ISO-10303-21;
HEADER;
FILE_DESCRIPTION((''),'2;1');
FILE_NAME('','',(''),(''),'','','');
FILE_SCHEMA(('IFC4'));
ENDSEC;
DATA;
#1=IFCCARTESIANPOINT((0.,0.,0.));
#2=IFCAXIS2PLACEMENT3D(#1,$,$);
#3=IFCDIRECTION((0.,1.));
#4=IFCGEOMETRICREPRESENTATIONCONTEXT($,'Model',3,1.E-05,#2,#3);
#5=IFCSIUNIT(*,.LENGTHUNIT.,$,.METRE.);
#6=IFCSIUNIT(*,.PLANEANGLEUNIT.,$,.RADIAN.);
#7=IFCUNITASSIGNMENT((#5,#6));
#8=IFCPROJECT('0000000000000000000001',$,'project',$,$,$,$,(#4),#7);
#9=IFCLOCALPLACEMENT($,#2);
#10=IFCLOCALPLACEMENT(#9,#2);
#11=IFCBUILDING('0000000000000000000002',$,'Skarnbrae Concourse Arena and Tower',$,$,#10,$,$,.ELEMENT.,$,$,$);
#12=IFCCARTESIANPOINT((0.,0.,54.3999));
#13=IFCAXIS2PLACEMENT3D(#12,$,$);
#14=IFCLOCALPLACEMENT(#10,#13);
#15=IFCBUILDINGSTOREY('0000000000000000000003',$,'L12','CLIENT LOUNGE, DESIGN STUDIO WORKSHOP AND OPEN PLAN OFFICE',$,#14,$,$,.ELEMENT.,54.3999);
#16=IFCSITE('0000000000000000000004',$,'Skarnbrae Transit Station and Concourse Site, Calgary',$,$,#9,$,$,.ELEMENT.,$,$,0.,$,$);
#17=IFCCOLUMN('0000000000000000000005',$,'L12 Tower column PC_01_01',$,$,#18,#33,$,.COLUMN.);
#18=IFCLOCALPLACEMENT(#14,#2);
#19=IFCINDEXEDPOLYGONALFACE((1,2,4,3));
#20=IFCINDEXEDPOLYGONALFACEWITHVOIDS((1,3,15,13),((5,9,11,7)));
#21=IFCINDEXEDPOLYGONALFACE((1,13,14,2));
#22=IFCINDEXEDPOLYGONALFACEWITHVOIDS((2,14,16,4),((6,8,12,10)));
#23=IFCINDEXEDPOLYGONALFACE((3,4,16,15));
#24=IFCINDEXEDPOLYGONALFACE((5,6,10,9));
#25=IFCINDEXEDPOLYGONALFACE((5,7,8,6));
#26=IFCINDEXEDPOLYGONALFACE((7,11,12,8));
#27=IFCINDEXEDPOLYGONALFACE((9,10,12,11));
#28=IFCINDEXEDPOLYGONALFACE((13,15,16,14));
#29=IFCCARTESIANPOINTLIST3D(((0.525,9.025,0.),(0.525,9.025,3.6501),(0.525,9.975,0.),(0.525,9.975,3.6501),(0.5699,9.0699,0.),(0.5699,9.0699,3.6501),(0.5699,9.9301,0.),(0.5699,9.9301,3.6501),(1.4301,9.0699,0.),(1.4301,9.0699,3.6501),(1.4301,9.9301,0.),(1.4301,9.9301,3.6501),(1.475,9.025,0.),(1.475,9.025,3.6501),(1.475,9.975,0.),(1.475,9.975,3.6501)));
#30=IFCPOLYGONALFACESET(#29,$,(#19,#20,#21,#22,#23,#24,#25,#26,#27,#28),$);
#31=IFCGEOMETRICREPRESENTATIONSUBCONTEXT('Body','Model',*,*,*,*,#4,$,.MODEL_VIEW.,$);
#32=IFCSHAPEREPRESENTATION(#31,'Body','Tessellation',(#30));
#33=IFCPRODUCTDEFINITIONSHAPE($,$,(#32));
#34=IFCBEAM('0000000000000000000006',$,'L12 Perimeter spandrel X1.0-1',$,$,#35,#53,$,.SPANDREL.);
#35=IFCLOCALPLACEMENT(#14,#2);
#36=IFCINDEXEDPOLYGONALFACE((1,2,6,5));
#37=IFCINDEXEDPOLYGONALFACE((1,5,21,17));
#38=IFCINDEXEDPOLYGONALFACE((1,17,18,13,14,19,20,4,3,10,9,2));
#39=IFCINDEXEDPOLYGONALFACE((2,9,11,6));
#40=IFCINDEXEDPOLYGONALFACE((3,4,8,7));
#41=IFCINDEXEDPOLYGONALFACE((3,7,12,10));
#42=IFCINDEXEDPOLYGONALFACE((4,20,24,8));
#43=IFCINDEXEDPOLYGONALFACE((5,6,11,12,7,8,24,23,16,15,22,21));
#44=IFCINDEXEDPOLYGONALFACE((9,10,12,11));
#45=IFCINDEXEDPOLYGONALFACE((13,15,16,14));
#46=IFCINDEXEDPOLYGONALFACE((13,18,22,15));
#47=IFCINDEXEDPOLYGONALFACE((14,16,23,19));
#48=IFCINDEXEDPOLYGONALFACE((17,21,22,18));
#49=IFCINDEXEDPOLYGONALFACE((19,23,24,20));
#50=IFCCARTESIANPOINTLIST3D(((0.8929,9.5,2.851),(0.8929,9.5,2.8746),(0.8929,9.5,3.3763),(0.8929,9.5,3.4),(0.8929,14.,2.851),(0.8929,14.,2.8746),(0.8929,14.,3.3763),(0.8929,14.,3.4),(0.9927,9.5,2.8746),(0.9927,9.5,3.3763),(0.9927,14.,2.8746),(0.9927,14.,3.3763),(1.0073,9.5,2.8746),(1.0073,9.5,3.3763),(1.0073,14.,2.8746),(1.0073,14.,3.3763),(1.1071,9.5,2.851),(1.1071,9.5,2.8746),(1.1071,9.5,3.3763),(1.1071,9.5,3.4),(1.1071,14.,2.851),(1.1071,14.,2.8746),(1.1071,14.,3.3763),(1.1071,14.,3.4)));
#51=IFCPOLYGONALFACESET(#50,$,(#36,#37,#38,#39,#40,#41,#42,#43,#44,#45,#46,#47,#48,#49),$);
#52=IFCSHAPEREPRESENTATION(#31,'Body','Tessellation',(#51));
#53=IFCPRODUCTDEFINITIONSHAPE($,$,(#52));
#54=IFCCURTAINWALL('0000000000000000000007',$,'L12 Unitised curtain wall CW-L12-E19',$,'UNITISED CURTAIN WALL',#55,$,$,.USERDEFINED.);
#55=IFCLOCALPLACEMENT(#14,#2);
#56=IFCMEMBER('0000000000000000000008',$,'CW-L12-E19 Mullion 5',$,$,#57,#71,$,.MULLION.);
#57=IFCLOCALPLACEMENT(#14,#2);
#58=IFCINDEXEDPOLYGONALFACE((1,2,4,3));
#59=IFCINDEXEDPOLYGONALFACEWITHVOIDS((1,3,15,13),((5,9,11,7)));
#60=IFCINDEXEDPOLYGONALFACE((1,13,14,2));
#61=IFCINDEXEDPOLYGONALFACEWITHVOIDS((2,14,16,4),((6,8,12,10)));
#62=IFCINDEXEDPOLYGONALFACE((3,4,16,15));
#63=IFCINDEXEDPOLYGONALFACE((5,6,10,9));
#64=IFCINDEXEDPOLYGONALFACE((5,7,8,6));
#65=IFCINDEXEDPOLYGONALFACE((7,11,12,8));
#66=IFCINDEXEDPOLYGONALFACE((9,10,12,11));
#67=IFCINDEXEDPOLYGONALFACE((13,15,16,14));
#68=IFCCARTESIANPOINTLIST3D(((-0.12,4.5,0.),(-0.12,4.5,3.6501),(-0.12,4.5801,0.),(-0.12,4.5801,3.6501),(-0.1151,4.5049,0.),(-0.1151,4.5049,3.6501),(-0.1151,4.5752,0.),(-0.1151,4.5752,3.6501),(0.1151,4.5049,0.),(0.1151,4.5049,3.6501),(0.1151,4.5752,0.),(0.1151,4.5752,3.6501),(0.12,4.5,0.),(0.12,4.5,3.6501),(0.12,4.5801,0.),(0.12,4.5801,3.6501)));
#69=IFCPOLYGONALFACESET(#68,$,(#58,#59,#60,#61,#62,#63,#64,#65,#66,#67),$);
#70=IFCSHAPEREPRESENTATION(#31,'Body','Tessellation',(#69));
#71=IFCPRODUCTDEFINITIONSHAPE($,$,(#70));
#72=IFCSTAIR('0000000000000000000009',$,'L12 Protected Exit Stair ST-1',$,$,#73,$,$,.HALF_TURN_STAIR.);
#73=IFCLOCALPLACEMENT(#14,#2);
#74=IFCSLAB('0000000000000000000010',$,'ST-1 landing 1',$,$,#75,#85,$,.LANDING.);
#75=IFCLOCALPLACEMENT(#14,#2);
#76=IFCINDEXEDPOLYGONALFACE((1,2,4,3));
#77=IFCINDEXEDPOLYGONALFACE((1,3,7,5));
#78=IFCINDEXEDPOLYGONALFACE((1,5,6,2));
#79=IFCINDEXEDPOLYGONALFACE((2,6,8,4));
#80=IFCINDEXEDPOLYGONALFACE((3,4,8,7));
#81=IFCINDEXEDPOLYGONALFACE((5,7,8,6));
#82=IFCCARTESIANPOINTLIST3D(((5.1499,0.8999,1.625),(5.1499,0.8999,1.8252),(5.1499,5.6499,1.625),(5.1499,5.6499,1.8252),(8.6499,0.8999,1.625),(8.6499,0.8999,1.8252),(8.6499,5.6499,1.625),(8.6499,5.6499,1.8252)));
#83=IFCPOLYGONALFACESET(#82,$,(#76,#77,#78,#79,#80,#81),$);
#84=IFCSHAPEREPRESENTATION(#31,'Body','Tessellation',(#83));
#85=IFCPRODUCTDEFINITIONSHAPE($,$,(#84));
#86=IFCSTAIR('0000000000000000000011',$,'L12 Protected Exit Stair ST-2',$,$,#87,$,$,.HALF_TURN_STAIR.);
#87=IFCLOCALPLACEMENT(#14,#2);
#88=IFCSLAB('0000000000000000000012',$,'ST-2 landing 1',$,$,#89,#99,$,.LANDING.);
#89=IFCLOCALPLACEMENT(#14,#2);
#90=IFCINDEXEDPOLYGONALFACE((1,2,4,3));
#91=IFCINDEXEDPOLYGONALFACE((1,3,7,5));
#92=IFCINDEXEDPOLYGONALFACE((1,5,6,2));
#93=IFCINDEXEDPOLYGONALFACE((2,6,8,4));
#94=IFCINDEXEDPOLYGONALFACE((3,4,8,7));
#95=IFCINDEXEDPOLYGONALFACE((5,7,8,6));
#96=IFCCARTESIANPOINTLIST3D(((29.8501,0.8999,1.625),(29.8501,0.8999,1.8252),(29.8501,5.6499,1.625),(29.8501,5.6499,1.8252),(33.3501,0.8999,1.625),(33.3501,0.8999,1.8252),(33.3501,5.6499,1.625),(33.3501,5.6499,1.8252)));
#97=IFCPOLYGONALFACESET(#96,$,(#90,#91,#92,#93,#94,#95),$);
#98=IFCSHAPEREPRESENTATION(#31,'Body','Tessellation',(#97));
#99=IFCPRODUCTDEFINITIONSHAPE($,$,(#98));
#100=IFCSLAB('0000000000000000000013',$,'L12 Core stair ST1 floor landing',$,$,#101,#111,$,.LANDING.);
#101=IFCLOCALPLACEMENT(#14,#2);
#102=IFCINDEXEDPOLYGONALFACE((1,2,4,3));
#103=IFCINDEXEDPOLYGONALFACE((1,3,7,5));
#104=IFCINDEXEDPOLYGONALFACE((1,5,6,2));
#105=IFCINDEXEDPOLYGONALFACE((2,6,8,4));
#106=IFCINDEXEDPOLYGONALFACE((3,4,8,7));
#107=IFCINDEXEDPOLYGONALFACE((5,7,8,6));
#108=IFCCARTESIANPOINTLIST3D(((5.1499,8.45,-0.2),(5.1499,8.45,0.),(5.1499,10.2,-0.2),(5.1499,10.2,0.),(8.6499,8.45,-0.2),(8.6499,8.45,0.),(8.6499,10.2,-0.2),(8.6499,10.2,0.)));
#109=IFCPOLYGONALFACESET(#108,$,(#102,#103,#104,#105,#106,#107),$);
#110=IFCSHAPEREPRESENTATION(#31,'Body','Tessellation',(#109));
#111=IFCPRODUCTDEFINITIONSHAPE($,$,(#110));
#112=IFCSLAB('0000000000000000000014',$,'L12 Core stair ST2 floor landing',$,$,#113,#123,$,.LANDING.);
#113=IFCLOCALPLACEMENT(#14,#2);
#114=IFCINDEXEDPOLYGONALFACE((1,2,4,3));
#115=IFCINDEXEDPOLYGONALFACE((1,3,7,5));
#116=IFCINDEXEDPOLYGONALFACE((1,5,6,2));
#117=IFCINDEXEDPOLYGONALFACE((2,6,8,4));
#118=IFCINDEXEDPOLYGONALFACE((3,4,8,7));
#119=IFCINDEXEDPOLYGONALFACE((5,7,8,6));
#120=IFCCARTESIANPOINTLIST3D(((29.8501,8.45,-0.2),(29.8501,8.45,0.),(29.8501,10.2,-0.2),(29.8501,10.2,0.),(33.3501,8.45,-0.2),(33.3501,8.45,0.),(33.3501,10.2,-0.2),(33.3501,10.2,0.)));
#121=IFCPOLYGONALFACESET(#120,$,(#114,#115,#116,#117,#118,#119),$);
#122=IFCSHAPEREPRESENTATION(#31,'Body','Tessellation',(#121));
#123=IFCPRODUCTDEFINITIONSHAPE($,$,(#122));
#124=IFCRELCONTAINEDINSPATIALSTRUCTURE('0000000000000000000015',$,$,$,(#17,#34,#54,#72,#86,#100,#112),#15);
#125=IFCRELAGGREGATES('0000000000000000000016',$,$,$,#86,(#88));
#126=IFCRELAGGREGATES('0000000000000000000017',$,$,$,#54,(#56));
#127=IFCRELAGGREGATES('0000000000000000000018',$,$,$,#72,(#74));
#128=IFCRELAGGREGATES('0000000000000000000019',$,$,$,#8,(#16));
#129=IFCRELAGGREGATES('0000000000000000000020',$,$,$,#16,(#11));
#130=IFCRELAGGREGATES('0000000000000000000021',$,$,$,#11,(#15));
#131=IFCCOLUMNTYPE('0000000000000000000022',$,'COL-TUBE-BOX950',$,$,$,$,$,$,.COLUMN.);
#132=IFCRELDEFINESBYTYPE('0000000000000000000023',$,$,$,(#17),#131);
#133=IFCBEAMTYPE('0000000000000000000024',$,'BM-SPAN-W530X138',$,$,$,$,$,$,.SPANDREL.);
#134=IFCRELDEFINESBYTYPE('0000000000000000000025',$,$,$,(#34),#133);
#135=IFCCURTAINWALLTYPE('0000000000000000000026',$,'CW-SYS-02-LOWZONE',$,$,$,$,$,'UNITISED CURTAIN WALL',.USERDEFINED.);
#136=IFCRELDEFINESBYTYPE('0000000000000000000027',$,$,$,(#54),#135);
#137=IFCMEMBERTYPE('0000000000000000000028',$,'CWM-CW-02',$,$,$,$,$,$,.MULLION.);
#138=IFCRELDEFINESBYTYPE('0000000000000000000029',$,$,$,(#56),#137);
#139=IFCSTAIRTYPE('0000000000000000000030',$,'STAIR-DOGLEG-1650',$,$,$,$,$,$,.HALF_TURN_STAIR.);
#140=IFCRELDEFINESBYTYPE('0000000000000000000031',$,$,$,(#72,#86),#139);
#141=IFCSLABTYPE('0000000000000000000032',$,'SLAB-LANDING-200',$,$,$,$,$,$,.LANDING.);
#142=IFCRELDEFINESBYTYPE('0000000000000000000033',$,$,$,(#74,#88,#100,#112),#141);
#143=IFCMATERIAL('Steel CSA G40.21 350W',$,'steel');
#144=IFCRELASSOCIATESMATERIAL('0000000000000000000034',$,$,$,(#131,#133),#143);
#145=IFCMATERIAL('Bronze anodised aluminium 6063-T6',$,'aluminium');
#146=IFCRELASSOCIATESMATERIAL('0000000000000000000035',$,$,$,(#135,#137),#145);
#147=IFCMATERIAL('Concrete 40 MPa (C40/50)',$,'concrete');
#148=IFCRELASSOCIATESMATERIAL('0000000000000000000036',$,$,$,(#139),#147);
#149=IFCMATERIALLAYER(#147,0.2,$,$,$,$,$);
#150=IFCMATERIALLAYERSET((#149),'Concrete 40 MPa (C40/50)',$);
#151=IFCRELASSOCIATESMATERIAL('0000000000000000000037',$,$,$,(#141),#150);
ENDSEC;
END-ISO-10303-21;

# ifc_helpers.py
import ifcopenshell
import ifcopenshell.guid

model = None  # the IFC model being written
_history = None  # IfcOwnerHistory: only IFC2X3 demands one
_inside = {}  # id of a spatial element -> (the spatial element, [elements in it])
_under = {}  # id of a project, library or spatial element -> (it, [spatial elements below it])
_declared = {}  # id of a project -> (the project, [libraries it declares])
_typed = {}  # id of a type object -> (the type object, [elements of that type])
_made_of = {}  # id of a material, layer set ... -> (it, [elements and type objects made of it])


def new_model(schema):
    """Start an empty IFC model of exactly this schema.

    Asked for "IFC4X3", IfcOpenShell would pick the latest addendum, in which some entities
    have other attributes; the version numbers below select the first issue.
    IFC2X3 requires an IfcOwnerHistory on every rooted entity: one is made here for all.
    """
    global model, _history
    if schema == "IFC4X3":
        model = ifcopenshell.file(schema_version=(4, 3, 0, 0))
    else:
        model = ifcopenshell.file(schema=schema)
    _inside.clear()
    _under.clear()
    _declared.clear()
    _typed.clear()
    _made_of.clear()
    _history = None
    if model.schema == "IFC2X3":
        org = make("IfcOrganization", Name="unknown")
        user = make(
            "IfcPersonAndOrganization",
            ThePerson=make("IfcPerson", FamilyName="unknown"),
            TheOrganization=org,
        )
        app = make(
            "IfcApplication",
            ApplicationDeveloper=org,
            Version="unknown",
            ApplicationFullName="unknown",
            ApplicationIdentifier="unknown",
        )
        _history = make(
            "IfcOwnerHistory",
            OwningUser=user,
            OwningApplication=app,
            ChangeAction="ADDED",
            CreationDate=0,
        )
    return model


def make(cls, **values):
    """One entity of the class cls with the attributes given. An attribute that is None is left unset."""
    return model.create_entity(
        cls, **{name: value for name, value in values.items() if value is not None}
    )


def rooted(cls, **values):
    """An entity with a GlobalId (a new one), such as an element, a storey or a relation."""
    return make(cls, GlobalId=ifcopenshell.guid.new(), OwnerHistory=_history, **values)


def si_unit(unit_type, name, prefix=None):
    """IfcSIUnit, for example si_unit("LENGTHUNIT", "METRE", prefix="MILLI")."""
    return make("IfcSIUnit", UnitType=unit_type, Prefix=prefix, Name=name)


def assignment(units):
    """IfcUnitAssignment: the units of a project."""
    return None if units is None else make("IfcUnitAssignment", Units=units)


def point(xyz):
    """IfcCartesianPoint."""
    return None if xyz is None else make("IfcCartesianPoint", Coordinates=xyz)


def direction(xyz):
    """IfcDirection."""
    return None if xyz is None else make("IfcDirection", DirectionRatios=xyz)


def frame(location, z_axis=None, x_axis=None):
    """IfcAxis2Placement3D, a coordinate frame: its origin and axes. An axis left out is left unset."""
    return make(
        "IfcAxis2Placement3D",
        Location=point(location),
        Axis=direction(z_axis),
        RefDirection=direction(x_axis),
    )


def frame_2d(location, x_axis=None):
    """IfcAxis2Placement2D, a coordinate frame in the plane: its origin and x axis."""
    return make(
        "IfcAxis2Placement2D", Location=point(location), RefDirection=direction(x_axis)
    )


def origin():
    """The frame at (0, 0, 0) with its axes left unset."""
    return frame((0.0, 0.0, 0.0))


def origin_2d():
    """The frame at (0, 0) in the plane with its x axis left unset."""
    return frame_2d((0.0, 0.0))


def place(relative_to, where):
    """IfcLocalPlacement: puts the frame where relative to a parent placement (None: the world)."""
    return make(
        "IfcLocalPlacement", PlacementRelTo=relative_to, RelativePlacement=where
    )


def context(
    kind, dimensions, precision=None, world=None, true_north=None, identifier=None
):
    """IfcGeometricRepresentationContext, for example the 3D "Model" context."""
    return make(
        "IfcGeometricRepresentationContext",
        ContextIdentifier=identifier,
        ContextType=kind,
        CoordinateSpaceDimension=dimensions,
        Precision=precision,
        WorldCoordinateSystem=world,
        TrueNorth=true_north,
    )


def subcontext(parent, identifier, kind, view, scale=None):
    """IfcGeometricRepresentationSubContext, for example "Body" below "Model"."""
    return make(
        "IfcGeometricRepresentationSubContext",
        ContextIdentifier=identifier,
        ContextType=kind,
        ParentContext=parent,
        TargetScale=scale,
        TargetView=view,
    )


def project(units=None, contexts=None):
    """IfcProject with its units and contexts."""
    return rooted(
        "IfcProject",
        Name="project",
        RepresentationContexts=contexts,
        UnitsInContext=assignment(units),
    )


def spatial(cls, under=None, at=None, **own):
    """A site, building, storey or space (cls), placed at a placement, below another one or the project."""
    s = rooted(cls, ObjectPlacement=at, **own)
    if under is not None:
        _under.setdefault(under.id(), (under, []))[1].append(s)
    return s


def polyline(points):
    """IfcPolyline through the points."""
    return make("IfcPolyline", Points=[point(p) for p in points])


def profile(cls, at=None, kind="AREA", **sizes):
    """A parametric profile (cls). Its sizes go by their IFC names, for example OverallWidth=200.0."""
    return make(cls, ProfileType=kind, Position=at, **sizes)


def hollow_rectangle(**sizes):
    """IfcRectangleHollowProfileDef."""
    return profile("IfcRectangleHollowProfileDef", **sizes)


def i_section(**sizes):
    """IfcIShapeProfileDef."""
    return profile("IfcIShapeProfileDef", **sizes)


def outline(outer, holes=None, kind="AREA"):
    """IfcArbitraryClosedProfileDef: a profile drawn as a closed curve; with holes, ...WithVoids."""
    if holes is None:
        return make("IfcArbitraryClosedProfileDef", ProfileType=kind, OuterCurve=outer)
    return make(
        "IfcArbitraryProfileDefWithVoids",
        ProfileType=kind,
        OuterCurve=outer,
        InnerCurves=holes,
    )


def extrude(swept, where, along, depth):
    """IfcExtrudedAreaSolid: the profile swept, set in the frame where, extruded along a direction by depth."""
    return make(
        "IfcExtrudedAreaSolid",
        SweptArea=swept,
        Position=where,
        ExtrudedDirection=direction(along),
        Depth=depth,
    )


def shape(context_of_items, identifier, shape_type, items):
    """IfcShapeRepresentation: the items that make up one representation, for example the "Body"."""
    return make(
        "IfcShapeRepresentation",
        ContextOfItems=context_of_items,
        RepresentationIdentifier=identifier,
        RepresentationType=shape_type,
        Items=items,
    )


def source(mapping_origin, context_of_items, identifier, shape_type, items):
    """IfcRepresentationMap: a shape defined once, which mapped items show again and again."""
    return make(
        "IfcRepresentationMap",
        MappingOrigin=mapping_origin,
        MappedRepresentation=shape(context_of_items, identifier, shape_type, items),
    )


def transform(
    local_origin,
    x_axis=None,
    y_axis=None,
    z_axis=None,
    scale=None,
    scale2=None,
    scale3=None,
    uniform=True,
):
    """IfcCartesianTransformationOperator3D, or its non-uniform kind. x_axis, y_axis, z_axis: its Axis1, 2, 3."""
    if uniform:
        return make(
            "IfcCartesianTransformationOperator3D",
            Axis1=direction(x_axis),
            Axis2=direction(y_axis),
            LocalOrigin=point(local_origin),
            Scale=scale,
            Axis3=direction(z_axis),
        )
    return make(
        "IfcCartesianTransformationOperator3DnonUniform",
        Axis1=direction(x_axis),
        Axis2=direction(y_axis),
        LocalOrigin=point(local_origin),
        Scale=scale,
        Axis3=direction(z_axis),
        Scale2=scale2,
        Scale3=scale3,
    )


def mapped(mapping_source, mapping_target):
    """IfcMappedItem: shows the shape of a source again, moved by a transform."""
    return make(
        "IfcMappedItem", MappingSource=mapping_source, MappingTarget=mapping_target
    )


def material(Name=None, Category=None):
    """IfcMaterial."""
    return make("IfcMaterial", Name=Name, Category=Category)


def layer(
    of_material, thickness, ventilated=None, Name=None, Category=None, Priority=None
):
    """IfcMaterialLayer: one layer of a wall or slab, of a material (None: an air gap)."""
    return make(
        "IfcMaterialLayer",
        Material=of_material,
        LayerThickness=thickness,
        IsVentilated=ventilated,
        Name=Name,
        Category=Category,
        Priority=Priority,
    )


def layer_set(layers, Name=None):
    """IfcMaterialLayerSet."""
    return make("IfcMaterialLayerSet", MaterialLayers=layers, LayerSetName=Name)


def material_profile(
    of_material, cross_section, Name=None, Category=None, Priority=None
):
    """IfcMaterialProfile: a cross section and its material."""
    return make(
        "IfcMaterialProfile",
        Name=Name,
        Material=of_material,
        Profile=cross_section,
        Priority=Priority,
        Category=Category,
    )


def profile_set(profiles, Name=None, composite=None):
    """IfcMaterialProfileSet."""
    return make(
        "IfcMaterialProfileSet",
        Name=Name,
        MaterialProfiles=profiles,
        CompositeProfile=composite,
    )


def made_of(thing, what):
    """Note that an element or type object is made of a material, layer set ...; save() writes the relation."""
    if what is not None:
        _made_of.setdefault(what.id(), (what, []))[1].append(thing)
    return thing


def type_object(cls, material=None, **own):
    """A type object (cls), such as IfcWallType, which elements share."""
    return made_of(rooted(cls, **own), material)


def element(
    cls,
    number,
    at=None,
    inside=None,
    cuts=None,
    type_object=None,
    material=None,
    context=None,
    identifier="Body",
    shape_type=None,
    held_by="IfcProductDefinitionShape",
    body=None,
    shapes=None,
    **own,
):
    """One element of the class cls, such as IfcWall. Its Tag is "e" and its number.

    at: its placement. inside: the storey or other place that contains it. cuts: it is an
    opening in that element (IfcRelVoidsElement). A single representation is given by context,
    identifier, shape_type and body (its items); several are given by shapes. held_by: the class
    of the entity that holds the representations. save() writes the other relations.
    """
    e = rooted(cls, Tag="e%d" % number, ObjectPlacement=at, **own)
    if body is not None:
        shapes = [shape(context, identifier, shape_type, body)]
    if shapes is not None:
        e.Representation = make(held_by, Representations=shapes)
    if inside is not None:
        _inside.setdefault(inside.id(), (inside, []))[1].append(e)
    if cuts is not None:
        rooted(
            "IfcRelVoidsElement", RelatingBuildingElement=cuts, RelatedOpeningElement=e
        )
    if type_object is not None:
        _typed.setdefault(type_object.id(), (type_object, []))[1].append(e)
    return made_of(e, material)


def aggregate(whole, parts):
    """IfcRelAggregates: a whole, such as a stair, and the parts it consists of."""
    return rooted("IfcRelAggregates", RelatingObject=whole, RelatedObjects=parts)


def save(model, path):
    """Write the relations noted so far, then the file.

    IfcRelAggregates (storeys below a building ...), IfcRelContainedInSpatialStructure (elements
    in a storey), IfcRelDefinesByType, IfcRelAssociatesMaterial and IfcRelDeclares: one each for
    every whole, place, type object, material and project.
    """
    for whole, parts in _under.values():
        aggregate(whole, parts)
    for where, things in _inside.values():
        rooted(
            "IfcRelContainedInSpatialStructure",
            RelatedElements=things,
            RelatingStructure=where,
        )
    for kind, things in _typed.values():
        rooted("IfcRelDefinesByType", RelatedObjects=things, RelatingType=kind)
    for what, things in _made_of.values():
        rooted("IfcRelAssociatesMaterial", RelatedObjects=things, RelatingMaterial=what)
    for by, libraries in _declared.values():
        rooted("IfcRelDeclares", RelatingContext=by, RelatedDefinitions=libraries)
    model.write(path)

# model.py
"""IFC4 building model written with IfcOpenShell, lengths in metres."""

from ifc_helpers import new_model, si_unit, direction, frame, origin, origin_2d, place, context, subcontext, project, spatial, polyline, hollow_rectangle, i_section, outline, extrude, source, transform, mapped, material, layer, layer_set, material_profile, profile_set, type_object, element, aggregate, save


model = new_model("IFC4")

# Units and contexts
model_context = context("Model", 3, precision=1e-05, world=origin(), true_north=direction((0.0, 1.0)))
body_context = subcontext(model_context, "Body", "Model", "MODEL_VIEW")
ifc_project = project(units=[si_unit("LENGTHUNIT", "METRE"), si_unit("PLANEANGLEUNIT", "RADIAN")], contexts=[model_context])

# Site, building, storey
site_placement = place(None, origin())
site = spatial("IfcSite", under=ifc_project, at=site_placement, Name="Skarnbrae Transit Station and Concourse Site, Calgary", CompositionType="ELEMENT", RefElevation=0.0)
building_placement = place(site_placement, origin())
building = spatial("IfcBuilding", under=site, at=building_placement, Name="Skarnbrae Concourse Arena and Tower", CompositionType="ELEMENT")
storey_placement = place(building_placement, frame((0.0, 0.0, 54.3999)))
storey = spatial("IfcBuildingStorey", under=building, at=storey_placement, Name="L12", Description="CLIENT LOUNGE, DESIGN STUDIO WORKSHOP AND OPEN PLAN OFFICE", CompositionType="ELEMENT", Elevation=54.3999)

# Column
ifc_material_1 = material(Name="Steel CSA G40.21 350W", Category="steel")
ifc_material_profile_1 = material_profile(ifc_material_1, hollow_rectangle(XDim=0.95, YDim=0.95, WallThickness=0.0449, at=origin_2d()), Name="BOX950X950X45")
ifc_profile_set_1 = profile_set([ifc_material_profile_1], Name="Steel CSA G40.21 350W")
column_type = type_object("IfcColumnType", Name="COL-TUBE-BOX950", PredefinedType="COLUMN", material=ifc_profile_set_1)
shared_shape_1 = source(origin(), body_context, "Body", "SweptSolid", [
    extrude(hollow_rectangle(XDim=0.95, YDim=0.95, WallThickness=0.0449, at=origin_2d()), origin(), (0.0, 0.0, 1.0), 3.6501),
])
column_placement = place(storey_placement, frame((1.0, 9.5, 0.0), z_axis=(0.0, 0.0, 1.0), x_axis=(1.0, 0.0, 0.0)))
element("IfcColumn", 1, at=column_placement, inside=storey, type_object=column_type, Name="L12 Tower column PC_01_01", PredefinedType="COLUMN", context=body_context, shape_type="MappedRepresentation", body=[
    mapped(shared_shape_1, transform((0.0, 0.0, 0.0))),
])

# Beam
ifc_material_profile_2 = material_profile(ifc_material_1, i_section(OverallWidth=0.2141, OverallDepth=0.5491, WebThickness=0.0146, FlangeThickness=0.0237, at=origin_2d()), Name="W530X138")
ifc_profile_set_2 = profile_set([ifc_material_profile_2], Name="Steel CSA G40.21 350W")
beam_type = type_object("IfcBeamType", Name="BM-SPAN-W530X138", PredefinedType="SPANDREL", material=ifc_profile_set_2)
shared_shape_2 = source(origin(), body_context, "Body", "SweptSolid", [
    extrude(i_section(OverallWidth=0.2141, OverallDepth=0.5491, WebThickness=0.0146, FlangeThickness=0.0237, at=origin_2d()), origin(), (0.0, 0.0, 1.0), 4.5),
])
beam_placement = place(storey_placement, frame((1.0, 9.5, 3.1255), z_axis=(0.0, 1.0, 0.0), x_axis=(-1.0, 0.0, 0.0)))
element("IfcBeam", 2, at=beam_placement, inside=storey, type_object=beam_type, Name="L12 Perimeter spandrel X1.0-1", PredefinedType="SPANDREL", context=body_context, shape_type="MappedRepresentation", body=[
    mapped(shared_shape_2, transform((0.0, 0.0, 0.0))),
])

# Curtain wall, member
ifc_material_2 = material(Name="Bronze anodised aluminium 6063-T6", Category="aluminium")
curtain_wall_type = type_object("IfcCurtainWallType", Name="CW-SYS-02-LOWZONE", ElementType="UNITISED CURTAIN WALL", PredefinedType="USERDEFINED", material=ifc_material_2)
curtain_wall_placement = place(storey_placement, origin())
curtain_wall = element("IfcCurtainWall", 3, at=curtain_wall_placement, inside=storey, type_object=curtain_wall_type, Name="L12 Unitised curtain wall CW-L12-E19", ObjectType="UNITISED CURTAIN WALL", PredefinedType="USERDEFINED")
ifc_material_profile_3 = material_profile(ifc_material_2, hollow_rectangle(XDim=0.0801, YDim=0.24, WallThickness=0.0049, at=origin_2d()), Name="ALU-MULL-80X240")
ifc_profile_set_3 = profile_set([ifc_material_profile_3], Name="Bronze anodised aluminium 6063-T6")
member_type = type_object("IfcMemberType", Name="CWM-CW-02", PredefinedType="MULLION", material=ifc_profile_set_3)
shared_shape_3 = source(origin(), body_context, "Body", "SweptSolid", [
    extrude(hollow_rectangle(XDim=0.0801, YDim=0.24, WallThickness=0.0049, at=origin_2d()), origin(), (0.0, 0.0, 1.0), 3.6501),
])
member_placement = place(storey_placement, frame((0.0, 4.54, 0.0), z_axis=(0.0, 0.0, 1.0), x_axis=(0.0, -1.0, 0.0)))
member = element("IfcMember", 4, at=member_placement, type_object=member_type, Name="CW-L12-E19 Mullion 5", PredefinedType="MULLION", context=body_context, shape_type="MappedRepresentation", body=[
    mapped(shared_shape_3, transform((0.0, 0.0, 0.0))),
])

# Stairs, slabs
ifc_material_3 = material(Name="Concrete 40 MPa (C40/50)", Category="concrete")
stair_type = type_object("IfcStairType", Name="STAIR-DOGLEG-1650", PredefinedType="HALF_TURN_STAIR", material=ifc_material_3)
stair_1_placement = place(storey_placement, origin())
stair_1 = element("IfcStair", 5, at=stair_1_placement, inside=storey, type_object=stair_type, Name="L12 Protected Exit Stair ST-1", PredefinedType="HALF_TURN_STAIR")
ifc_layer_1 = layer(ifc_material_3, 0.2)
ifc_layer_set_1 = layer_set([ifc_layer_1], Name="Concrete 40 MPa (C40/50)")
slab_type_1 = type_object("IfcSlabType", Name="SLAB-LANDING-200", PredefinedType="LANDING", material=ifc_layer_set_1)
slab_1_placement = place(storey_placement, frame((0.0, 0.0, 1.625)))
slab_1 = element("IfcSlab", 6, at=slab_1_placement, type_object=slab_type_1, Name="ST-1 landing 1", PredefinedType="LANDING", context=body_context, shape_type="SweptSolid", body=[
    extrude(outline(polyline([(5.1499, 5.6499), (5.1499, 0.8999), (8.6499, 0.8999), (8.6499, 5.6499), (5.1499, 5.6499)])), origin(), (0.0, 0.0, 1.0), 0.2002),
])
stair_2_placement = place(storey_placement, origin())
stair_2 = element("IfcStair", 7, at=stair_2_placement, inside=storey, type_object=stair_type, Name="L12 Protected Exit Stair ST-2", PredefinedType="HALF_TURN_STAIR")
slab_2_placement = place(storey_placement, frame((0.0, 0.0, 1.625)))
slab_2 = element("IfcSlab", 8, at=slab_2_placement, type_object=slab_type_1, Name="ST-2 landing 1", PredefinedType="LANDING", context=body_context, shape_type="SweptSolid", body=[
    extrude(outline(polyline([(29.8501, 5.6499), (29.8501, 0.8999), (33.3501, 0.8999), (33.3501, 5.6499), (29.8501, 5.6499)])), origin(), (0.0, 0.0, 1.0), 0.2002),
])
aggregate(stair_2, [slab_2])

# Slabs
slab_3_placement = place(storey_placement, frame((0.0, 0.0, -0.2)))
element("IfcSlab", 9, at=slab_3_placement, inside=storey, type_object=slab_type_1, Name="L12 Core stair ST1 floor landing", PredefinedType="LANDING", context=body_context, shape_type="SweptSolid", body=[
    extrude(outline(polyline([(5.1499, 10.2), (5.1499, 8.45), (8.6499, 8.45), (8.6499, 10.2), (5.1499, 10.2)])), origin(), (0.0, 0.0, 1.0), 0.2),
])
slab_4_placement = place(storey_placement, frame((0.0, 0.0, -0.2)))
element("IfcSlab", 10, at=slab_4_placement, inside=storey, type_object=slab_type_1, Name="L12 Core stair ST2 floor landing", PredefinedType="LANDING", context=body_context, shape_type="SweptSolid", body=[
    extrude(outline(polyline([(29.8501, 10.2), (29.8501, 8.45), (33.3501, 8.45), (33.3501, 10.2), (29.8501, 10.2)])), origin(), (0.0, 0.0, 1.0), 0.2),
])

aggregate(curtain_wall, [member])

aggregate(stair_1, [slab_1])

save(model, "model.ifc")
